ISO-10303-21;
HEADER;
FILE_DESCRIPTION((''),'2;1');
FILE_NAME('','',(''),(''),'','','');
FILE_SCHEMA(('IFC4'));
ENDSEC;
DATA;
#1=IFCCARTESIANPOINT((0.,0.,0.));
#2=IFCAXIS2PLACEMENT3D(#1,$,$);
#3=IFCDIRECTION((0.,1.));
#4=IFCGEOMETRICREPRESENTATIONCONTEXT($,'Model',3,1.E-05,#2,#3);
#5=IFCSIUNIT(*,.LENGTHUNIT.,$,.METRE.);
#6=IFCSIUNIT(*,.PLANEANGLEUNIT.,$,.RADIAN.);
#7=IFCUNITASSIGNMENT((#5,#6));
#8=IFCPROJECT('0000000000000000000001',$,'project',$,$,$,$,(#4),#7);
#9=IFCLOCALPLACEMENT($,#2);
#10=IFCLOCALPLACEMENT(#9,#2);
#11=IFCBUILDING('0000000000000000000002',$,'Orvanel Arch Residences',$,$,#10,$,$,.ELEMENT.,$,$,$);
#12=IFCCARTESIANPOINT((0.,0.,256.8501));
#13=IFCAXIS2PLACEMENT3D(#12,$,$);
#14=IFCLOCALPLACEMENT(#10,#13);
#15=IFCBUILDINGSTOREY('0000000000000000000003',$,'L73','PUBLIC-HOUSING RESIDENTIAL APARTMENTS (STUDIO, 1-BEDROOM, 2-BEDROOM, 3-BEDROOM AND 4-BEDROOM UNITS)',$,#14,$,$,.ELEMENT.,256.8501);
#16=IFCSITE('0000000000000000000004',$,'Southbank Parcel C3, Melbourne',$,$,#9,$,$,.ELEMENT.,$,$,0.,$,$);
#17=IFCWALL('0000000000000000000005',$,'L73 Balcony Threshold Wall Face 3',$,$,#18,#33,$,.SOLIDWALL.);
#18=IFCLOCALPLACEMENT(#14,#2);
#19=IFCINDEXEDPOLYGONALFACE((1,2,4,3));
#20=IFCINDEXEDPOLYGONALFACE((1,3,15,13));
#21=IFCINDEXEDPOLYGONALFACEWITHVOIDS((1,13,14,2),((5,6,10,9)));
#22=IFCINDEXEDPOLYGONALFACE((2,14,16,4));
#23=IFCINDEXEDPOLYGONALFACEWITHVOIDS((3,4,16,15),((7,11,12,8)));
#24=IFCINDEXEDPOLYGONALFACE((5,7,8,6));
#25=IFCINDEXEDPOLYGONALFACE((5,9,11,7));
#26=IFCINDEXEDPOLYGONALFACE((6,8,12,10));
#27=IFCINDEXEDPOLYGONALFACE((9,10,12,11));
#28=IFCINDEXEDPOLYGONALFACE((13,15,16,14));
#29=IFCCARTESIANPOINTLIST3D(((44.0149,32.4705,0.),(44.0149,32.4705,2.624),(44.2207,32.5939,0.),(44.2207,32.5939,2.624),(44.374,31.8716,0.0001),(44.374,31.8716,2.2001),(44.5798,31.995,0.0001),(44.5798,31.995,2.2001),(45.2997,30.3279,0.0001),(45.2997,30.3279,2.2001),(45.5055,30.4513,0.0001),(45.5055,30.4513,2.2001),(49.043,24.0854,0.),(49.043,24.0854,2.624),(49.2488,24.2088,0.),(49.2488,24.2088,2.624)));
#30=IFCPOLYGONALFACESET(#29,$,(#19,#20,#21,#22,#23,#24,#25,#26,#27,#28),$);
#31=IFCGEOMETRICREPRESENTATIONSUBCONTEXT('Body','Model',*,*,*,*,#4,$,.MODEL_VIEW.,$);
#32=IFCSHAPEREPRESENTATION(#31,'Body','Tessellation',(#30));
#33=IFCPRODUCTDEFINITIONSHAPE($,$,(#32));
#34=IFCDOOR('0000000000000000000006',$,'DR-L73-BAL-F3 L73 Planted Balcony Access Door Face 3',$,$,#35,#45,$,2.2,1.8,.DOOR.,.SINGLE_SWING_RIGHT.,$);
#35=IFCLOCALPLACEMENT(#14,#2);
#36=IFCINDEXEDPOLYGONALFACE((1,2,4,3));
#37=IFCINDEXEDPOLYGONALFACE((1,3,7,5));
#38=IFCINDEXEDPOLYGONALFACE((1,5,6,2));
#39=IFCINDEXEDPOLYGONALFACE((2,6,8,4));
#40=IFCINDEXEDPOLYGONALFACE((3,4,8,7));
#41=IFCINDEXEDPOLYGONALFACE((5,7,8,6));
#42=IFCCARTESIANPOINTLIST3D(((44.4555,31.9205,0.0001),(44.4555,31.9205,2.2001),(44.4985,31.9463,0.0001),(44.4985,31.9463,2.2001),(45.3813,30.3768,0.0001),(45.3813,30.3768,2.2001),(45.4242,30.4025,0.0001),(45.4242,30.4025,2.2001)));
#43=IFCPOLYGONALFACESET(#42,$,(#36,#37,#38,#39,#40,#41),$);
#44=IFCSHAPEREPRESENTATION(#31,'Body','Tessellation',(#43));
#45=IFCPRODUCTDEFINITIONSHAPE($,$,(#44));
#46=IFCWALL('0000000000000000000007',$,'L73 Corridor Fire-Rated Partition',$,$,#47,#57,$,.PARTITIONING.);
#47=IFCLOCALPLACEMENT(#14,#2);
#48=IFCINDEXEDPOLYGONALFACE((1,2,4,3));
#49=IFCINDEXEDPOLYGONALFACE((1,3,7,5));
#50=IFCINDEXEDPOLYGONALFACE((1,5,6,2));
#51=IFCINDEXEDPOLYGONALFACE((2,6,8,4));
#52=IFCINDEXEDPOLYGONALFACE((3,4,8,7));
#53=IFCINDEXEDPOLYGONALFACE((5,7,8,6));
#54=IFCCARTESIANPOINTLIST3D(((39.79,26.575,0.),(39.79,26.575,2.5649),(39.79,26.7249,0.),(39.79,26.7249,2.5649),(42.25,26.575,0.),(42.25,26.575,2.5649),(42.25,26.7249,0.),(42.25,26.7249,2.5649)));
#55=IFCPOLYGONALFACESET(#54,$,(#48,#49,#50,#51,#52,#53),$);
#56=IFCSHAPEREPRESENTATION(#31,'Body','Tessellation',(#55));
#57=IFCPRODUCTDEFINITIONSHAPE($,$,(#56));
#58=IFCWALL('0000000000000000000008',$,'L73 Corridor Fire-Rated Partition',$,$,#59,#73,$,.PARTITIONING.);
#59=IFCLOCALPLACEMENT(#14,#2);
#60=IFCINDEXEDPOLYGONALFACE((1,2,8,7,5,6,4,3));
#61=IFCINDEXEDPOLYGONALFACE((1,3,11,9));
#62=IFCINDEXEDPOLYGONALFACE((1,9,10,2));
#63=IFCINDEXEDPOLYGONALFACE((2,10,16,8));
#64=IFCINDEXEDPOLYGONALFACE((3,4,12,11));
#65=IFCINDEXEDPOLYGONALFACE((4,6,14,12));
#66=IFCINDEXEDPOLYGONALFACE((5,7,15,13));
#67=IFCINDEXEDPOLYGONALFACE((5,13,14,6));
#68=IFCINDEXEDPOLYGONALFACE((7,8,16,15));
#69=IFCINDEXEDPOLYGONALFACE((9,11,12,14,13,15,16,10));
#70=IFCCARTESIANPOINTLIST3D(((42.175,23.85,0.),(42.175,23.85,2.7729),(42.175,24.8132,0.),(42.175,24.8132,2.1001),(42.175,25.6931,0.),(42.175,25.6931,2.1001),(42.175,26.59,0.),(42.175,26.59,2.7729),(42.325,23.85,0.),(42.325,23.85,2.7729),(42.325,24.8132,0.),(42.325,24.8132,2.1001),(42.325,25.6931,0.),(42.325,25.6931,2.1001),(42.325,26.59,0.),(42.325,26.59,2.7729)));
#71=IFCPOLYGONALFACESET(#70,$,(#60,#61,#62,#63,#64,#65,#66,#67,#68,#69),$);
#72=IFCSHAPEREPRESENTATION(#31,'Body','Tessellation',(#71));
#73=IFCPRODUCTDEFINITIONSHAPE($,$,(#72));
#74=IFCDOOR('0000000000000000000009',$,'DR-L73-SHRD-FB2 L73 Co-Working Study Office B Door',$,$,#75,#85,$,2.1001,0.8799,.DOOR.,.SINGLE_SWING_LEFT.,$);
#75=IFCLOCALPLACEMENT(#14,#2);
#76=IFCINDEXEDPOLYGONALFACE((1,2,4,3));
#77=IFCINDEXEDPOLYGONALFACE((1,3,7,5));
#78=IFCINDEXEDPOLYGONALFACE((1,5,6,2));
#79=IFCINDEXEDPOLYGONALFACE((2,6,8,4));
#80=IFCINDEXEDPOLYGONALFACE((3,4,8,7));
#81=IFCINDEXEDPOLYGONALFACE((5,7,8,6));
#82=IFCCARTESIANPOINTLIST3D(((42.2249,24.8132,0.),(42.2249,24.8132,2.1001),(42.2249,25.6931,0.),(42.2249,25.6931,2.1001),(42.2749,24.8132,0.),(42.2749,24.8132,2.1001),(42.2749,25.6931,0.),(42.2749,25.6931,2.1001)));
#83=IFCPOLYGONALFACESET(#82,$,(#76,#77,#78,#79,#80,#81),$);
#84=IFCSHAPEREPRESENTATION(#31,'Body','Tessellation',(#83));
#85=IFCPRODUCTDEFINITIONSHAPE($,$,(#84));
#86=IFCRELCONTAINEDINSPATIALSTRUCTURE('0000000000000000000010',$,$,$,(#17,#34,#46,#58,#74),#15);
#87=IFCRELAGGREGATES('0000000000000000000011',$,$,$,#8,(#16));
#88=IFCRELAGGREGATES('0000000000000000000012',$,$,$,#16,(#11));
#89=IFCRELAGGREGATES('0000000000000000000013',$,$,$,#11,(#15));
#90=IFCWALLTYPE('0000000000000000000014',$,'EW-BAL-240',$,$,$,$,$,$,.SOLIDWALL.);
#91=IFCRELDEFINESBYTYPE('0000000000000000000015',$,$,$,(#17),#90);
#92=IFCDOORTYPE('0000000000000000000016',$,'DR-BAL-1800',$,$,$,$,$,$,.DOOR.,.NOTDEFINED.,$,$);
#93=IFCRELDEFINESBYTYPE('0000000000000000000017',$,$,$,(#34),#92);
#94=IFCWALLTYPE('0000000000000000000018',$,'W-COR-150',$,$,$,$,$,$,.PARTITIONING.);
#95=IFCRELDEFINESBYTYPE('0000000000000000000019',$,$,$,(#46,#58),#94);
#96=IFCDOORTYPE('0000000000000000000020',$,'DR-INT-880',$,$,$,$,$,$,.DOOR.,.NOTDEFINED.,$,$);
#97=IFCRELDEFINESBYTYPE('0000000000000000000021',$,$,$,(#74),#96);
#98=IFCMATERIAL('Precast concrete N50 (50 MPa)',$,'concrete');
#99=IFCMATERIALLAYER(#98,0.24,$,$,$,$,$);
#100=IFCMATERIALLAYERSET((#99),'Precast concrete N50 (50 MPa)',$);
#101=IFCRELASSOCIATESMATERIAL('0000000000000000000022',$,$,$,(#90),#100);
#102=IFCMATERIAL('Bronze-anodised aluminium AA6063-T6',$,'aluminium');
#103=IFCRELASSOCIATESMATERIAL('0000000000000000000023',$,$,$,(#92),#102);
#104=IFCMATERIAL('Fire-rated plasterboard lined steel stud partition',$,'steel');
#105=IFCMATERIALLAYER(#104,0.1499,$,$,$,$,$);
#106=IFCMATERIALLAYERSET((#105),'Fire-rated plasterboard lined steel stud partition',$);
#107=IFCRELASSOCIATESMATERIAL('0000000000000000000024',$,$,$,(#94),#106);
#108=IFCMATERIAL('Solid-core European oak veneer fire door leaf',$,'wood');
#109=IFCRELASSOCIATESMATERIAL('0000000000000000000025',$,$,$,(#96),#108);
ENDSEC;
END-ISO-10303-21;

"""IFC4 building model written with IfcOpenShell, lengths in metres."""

from ifc_helpers import new_model, si_unit, direction, frame, frame_2d, origin, place, context, subcontext, project, spatial, rectangle, extrude, material, layer, layer_set, type_object, element, fill, save


model = new_model("IFC4")

# Units and contexts
model_context = context("Model", 3, precision=1e-05, world=origin(), true_north=direction((0.0, 1.0)))
body_context = subcontext(model_context, "Body", "Model", "MODEL_VIEW")
ifc_project = project(units=[si_unit("LENGTHUNIT", "METRE"), si_unit("PLANEANGLEUNIT", "RADIAN")], contexts=[model_context])

# Site, building, storey
site_placement = place(None, origin())
site = spatial("IfcSite", under=ifc_project, at=site_placement, Name="Southbank Parcel C3, Melbourne", CompositionType="ELEMENT", RefElevation=0.0)
building_placement = place(site_placement, origin())
building = spatial("IfcBuilding", under=site, at=building_placement, Name="Orvanel Arch Residences", CompositionType="ELEMENT")
storey_placement = place(building_placement, frame((0.0, 0.0, 256.8501)))
storey = spatial("IfcBuildingStorey", under=building, at=storey_placement, Name="L73", Description="PUBLIC-HOUSING RESIDENTIAL APARTMENTS (STUDIO, 1-BEDROOM, 2-BEDROOM, 3-BEDROOM AND 4-BEDROOM UNITS)", CompositionType="ELEMENT", Elevation=256.8501)

# Shared definitions
ifc_material_1 = material(Name="Bronze-anodised aluminium AA6063-T6", Category="aluminium")

# Wall, opening, door
ifc_material_2 = material(Name="Precast concrete N50 (50 MPa)", Category="concrete")
ifc_layer_1 = layer(ifc_material_2, 0.24)
ifc_layer_set_1 = layer_set([ifc_layer_1], Name="Precast concrete N50 (50 MPa)")
wall_type_1 = type_object("IfcWallType", Name="EW-BAL-240", PredefinedType="SOLIDWALL", material=ifc_layer_set_1)
wall_1_placement = place(storey_placement, frame((49.146, 24.147, 0.0), z_axis=(0.0, 0.0, 1.0), x_axis=(-0.514275, 0.857625, 0.0)))
wall_1 = element("IfcWall", 1, at=wall_1_placement, inside=storey, type_object=wall_type_1, Name="L73 Balcony Threshold Wall Face 3", PredefinedType="SOLIDWALL", context=body_context, shape_type="SweptSolid", body=[
    extrude(rectangle(XDim=9.7771, YDim=0.24, at=frame_2d((4.8887, 0.0))), origin(), (0.0, 0.0, 1.0), 2.624),
])
opening_1_placement = place(wall_1_placement, frame((7.2791, 0.0, 0.0)))
opening_1 = element("IfcOpeningElement", 2, at=opening_1_placement, cuts=wall_1, PredefinedType="OPENING", context=body_context, shape_type="SweptSolid", body=[
    extrude(rectangle(XDim=1.8, YDim=2.2, at=frame_2d((0.8999, 1.1001))), frame((0.0, 0.1299, 0.0), z_axis=(0.0, -1.0, 0.0), x_axis=(1.0, 0.0, 0.0)), (0.0, 0.0, 1.0), 0.26),
])
door_type_1 = type_object("IfcDoorType", Name="DR-BAL-1800", OperationType="NOTDEFINED", PredefinedType="DOOR", material=ifc_material_1)
door_1_placement = place(opening_1_placement, origin())
door_1 = element("IfcDoor", 3, at=door_1_placement, inside=storey, type_object=door_type_1, Name="DR-L73-BAL-F3 L73 Planted Balcony Access Door Face 3", OperationType="SINGLE_SWING_RIGHT", OverallHeight=2.2, OverallWidth=1.8, PredefinedType="DOOR", context=body_context, shape_type="SweptSolid", body=[
    extrude(rectangle(XDim=1.8, YDim=2.2, at=frame_2d((0.8999, 1.1001))), frame((0.0, 0.0249, 0.0), z_axis=(0.0, -1.0, 0.0), x_axis=(1.0, 0.0, 0.0)), (0.0, 0.0, 1.0), 0.05),
])
fill(opening_1, door_1)

# Wall
ifc_material_3 = material(Name="Fire-rated plasterboard lined steel stud partition", Category="steel")
ifc_layer_2 = layer(ifc_material_3, 0.1499)
ifc_layer_set_2 = layer_set([ifc_layer_2], Name="Fire-rated plasterboard lined steel stud partition")
wall_type_2 = type_object("IfcWallType", Name="W-COR-150", PredefinedType="PARTITIONING", material=ifc_layer_set_2)
wall_2_placement = place(storey_placement, frame((39.79, 26.6499, 0.0), z_axis=(0.0, 0.0, 1.0), x_axis=(1.0, 0.0, 0.0)))
element("IfcWall", 4, at=wall_2_placement, inside=storey, type_object=wall_type_2, Name="L73 Corridor Fire-Rated Partition", PredefinedType="PARTITIONING", context=body_context, shape_type="SweptSolid", body=[
    extrude(rectangle(XDim=2.46, YDim=0.1499, at=frame_2d((1.23, 0.0))), origin(), (0.0, 0.0, 1.0), 2.5649),
])

# Wall, opening, door
wall_3_placement = place(storey_placement, frame((42.25, 26.5901, 0.0), z_axis=(0.0, 0.0, 1.0), x_axis=(0.0, -1.0, 0.0)))
wall_3 = element("IfcWall", 5, at=wall_3_placement, inside=storey, type_object=wall_type_2, Name="L73 Corridor Fire-Rated Partition", PredefinedType="PARTITIONING", context=body_context, shape_type="SweptSolid", body=[
    extrude(rectangle(XDim=2.74, YDim=0.1499, at=frame_2d((1.3701, 0.0))), origin(), (0.0, 0.0, 1.0), 2.7729),
])
opening_2_placement = place(wall_3_placement, frame((0.897, 0.0, 0.0)))
opening_2 = element("IfcOpeningElement", 6, at=opening_2_placement, cuts=wall_3, PredefinedType="OPENING", context=body_context, shape_type="SweptSolid", body=[
    extrude(rectangle(XDim=0.8799, YDim=2.1001, at=frame_2d((0.4399, 1.05))), frame((0.0, 0.085, 0.0), z_axis=(0.0, -1.0, 0.0), x_axis=(1.0, 0.0, 0.0)), (0.0, 0.0, 1.0), 0.1699),
])
ifc_material_4 = material(Name="Solid-core European oak veneer fire door leaf", Category="wood")
door_type_2 = type_object("IfcDoorType", Name="DR-INT-880", OperationType="NOTDEFINED", PredefinedType="DOOR", material=ifc_material_4)
door_2_placement = place(opening_2_placement, origin())
door_2 = element("IfcDoor", 7, at=door_2_placement, inside=storey, type_object=door_type_2, Name="DR-L73-SHRD-FB2 L73 Co-Working Study Office B Door", OperationType="SINGLE_SWING_LEFT", OverallHeight=2.1001, OverallWidth=0.8799, PredefinedType="DOOR", context=body_context, shape_type="SweptSolid", body=[
    extrude(rectangle(XDim=0.8799, YDim=2.1001, at=frame_2d((0.4399, 1.05))), frame((0.0, 0.0249, 0.0), z_axis=(0.0, -1.0, 0.0), x_axis=(1.0, 0.0, 0.0)), (0.0, 0.0, 1.0), 0.05),
])
fill(opening_2, door_2)

save(model, "model.ifc")
